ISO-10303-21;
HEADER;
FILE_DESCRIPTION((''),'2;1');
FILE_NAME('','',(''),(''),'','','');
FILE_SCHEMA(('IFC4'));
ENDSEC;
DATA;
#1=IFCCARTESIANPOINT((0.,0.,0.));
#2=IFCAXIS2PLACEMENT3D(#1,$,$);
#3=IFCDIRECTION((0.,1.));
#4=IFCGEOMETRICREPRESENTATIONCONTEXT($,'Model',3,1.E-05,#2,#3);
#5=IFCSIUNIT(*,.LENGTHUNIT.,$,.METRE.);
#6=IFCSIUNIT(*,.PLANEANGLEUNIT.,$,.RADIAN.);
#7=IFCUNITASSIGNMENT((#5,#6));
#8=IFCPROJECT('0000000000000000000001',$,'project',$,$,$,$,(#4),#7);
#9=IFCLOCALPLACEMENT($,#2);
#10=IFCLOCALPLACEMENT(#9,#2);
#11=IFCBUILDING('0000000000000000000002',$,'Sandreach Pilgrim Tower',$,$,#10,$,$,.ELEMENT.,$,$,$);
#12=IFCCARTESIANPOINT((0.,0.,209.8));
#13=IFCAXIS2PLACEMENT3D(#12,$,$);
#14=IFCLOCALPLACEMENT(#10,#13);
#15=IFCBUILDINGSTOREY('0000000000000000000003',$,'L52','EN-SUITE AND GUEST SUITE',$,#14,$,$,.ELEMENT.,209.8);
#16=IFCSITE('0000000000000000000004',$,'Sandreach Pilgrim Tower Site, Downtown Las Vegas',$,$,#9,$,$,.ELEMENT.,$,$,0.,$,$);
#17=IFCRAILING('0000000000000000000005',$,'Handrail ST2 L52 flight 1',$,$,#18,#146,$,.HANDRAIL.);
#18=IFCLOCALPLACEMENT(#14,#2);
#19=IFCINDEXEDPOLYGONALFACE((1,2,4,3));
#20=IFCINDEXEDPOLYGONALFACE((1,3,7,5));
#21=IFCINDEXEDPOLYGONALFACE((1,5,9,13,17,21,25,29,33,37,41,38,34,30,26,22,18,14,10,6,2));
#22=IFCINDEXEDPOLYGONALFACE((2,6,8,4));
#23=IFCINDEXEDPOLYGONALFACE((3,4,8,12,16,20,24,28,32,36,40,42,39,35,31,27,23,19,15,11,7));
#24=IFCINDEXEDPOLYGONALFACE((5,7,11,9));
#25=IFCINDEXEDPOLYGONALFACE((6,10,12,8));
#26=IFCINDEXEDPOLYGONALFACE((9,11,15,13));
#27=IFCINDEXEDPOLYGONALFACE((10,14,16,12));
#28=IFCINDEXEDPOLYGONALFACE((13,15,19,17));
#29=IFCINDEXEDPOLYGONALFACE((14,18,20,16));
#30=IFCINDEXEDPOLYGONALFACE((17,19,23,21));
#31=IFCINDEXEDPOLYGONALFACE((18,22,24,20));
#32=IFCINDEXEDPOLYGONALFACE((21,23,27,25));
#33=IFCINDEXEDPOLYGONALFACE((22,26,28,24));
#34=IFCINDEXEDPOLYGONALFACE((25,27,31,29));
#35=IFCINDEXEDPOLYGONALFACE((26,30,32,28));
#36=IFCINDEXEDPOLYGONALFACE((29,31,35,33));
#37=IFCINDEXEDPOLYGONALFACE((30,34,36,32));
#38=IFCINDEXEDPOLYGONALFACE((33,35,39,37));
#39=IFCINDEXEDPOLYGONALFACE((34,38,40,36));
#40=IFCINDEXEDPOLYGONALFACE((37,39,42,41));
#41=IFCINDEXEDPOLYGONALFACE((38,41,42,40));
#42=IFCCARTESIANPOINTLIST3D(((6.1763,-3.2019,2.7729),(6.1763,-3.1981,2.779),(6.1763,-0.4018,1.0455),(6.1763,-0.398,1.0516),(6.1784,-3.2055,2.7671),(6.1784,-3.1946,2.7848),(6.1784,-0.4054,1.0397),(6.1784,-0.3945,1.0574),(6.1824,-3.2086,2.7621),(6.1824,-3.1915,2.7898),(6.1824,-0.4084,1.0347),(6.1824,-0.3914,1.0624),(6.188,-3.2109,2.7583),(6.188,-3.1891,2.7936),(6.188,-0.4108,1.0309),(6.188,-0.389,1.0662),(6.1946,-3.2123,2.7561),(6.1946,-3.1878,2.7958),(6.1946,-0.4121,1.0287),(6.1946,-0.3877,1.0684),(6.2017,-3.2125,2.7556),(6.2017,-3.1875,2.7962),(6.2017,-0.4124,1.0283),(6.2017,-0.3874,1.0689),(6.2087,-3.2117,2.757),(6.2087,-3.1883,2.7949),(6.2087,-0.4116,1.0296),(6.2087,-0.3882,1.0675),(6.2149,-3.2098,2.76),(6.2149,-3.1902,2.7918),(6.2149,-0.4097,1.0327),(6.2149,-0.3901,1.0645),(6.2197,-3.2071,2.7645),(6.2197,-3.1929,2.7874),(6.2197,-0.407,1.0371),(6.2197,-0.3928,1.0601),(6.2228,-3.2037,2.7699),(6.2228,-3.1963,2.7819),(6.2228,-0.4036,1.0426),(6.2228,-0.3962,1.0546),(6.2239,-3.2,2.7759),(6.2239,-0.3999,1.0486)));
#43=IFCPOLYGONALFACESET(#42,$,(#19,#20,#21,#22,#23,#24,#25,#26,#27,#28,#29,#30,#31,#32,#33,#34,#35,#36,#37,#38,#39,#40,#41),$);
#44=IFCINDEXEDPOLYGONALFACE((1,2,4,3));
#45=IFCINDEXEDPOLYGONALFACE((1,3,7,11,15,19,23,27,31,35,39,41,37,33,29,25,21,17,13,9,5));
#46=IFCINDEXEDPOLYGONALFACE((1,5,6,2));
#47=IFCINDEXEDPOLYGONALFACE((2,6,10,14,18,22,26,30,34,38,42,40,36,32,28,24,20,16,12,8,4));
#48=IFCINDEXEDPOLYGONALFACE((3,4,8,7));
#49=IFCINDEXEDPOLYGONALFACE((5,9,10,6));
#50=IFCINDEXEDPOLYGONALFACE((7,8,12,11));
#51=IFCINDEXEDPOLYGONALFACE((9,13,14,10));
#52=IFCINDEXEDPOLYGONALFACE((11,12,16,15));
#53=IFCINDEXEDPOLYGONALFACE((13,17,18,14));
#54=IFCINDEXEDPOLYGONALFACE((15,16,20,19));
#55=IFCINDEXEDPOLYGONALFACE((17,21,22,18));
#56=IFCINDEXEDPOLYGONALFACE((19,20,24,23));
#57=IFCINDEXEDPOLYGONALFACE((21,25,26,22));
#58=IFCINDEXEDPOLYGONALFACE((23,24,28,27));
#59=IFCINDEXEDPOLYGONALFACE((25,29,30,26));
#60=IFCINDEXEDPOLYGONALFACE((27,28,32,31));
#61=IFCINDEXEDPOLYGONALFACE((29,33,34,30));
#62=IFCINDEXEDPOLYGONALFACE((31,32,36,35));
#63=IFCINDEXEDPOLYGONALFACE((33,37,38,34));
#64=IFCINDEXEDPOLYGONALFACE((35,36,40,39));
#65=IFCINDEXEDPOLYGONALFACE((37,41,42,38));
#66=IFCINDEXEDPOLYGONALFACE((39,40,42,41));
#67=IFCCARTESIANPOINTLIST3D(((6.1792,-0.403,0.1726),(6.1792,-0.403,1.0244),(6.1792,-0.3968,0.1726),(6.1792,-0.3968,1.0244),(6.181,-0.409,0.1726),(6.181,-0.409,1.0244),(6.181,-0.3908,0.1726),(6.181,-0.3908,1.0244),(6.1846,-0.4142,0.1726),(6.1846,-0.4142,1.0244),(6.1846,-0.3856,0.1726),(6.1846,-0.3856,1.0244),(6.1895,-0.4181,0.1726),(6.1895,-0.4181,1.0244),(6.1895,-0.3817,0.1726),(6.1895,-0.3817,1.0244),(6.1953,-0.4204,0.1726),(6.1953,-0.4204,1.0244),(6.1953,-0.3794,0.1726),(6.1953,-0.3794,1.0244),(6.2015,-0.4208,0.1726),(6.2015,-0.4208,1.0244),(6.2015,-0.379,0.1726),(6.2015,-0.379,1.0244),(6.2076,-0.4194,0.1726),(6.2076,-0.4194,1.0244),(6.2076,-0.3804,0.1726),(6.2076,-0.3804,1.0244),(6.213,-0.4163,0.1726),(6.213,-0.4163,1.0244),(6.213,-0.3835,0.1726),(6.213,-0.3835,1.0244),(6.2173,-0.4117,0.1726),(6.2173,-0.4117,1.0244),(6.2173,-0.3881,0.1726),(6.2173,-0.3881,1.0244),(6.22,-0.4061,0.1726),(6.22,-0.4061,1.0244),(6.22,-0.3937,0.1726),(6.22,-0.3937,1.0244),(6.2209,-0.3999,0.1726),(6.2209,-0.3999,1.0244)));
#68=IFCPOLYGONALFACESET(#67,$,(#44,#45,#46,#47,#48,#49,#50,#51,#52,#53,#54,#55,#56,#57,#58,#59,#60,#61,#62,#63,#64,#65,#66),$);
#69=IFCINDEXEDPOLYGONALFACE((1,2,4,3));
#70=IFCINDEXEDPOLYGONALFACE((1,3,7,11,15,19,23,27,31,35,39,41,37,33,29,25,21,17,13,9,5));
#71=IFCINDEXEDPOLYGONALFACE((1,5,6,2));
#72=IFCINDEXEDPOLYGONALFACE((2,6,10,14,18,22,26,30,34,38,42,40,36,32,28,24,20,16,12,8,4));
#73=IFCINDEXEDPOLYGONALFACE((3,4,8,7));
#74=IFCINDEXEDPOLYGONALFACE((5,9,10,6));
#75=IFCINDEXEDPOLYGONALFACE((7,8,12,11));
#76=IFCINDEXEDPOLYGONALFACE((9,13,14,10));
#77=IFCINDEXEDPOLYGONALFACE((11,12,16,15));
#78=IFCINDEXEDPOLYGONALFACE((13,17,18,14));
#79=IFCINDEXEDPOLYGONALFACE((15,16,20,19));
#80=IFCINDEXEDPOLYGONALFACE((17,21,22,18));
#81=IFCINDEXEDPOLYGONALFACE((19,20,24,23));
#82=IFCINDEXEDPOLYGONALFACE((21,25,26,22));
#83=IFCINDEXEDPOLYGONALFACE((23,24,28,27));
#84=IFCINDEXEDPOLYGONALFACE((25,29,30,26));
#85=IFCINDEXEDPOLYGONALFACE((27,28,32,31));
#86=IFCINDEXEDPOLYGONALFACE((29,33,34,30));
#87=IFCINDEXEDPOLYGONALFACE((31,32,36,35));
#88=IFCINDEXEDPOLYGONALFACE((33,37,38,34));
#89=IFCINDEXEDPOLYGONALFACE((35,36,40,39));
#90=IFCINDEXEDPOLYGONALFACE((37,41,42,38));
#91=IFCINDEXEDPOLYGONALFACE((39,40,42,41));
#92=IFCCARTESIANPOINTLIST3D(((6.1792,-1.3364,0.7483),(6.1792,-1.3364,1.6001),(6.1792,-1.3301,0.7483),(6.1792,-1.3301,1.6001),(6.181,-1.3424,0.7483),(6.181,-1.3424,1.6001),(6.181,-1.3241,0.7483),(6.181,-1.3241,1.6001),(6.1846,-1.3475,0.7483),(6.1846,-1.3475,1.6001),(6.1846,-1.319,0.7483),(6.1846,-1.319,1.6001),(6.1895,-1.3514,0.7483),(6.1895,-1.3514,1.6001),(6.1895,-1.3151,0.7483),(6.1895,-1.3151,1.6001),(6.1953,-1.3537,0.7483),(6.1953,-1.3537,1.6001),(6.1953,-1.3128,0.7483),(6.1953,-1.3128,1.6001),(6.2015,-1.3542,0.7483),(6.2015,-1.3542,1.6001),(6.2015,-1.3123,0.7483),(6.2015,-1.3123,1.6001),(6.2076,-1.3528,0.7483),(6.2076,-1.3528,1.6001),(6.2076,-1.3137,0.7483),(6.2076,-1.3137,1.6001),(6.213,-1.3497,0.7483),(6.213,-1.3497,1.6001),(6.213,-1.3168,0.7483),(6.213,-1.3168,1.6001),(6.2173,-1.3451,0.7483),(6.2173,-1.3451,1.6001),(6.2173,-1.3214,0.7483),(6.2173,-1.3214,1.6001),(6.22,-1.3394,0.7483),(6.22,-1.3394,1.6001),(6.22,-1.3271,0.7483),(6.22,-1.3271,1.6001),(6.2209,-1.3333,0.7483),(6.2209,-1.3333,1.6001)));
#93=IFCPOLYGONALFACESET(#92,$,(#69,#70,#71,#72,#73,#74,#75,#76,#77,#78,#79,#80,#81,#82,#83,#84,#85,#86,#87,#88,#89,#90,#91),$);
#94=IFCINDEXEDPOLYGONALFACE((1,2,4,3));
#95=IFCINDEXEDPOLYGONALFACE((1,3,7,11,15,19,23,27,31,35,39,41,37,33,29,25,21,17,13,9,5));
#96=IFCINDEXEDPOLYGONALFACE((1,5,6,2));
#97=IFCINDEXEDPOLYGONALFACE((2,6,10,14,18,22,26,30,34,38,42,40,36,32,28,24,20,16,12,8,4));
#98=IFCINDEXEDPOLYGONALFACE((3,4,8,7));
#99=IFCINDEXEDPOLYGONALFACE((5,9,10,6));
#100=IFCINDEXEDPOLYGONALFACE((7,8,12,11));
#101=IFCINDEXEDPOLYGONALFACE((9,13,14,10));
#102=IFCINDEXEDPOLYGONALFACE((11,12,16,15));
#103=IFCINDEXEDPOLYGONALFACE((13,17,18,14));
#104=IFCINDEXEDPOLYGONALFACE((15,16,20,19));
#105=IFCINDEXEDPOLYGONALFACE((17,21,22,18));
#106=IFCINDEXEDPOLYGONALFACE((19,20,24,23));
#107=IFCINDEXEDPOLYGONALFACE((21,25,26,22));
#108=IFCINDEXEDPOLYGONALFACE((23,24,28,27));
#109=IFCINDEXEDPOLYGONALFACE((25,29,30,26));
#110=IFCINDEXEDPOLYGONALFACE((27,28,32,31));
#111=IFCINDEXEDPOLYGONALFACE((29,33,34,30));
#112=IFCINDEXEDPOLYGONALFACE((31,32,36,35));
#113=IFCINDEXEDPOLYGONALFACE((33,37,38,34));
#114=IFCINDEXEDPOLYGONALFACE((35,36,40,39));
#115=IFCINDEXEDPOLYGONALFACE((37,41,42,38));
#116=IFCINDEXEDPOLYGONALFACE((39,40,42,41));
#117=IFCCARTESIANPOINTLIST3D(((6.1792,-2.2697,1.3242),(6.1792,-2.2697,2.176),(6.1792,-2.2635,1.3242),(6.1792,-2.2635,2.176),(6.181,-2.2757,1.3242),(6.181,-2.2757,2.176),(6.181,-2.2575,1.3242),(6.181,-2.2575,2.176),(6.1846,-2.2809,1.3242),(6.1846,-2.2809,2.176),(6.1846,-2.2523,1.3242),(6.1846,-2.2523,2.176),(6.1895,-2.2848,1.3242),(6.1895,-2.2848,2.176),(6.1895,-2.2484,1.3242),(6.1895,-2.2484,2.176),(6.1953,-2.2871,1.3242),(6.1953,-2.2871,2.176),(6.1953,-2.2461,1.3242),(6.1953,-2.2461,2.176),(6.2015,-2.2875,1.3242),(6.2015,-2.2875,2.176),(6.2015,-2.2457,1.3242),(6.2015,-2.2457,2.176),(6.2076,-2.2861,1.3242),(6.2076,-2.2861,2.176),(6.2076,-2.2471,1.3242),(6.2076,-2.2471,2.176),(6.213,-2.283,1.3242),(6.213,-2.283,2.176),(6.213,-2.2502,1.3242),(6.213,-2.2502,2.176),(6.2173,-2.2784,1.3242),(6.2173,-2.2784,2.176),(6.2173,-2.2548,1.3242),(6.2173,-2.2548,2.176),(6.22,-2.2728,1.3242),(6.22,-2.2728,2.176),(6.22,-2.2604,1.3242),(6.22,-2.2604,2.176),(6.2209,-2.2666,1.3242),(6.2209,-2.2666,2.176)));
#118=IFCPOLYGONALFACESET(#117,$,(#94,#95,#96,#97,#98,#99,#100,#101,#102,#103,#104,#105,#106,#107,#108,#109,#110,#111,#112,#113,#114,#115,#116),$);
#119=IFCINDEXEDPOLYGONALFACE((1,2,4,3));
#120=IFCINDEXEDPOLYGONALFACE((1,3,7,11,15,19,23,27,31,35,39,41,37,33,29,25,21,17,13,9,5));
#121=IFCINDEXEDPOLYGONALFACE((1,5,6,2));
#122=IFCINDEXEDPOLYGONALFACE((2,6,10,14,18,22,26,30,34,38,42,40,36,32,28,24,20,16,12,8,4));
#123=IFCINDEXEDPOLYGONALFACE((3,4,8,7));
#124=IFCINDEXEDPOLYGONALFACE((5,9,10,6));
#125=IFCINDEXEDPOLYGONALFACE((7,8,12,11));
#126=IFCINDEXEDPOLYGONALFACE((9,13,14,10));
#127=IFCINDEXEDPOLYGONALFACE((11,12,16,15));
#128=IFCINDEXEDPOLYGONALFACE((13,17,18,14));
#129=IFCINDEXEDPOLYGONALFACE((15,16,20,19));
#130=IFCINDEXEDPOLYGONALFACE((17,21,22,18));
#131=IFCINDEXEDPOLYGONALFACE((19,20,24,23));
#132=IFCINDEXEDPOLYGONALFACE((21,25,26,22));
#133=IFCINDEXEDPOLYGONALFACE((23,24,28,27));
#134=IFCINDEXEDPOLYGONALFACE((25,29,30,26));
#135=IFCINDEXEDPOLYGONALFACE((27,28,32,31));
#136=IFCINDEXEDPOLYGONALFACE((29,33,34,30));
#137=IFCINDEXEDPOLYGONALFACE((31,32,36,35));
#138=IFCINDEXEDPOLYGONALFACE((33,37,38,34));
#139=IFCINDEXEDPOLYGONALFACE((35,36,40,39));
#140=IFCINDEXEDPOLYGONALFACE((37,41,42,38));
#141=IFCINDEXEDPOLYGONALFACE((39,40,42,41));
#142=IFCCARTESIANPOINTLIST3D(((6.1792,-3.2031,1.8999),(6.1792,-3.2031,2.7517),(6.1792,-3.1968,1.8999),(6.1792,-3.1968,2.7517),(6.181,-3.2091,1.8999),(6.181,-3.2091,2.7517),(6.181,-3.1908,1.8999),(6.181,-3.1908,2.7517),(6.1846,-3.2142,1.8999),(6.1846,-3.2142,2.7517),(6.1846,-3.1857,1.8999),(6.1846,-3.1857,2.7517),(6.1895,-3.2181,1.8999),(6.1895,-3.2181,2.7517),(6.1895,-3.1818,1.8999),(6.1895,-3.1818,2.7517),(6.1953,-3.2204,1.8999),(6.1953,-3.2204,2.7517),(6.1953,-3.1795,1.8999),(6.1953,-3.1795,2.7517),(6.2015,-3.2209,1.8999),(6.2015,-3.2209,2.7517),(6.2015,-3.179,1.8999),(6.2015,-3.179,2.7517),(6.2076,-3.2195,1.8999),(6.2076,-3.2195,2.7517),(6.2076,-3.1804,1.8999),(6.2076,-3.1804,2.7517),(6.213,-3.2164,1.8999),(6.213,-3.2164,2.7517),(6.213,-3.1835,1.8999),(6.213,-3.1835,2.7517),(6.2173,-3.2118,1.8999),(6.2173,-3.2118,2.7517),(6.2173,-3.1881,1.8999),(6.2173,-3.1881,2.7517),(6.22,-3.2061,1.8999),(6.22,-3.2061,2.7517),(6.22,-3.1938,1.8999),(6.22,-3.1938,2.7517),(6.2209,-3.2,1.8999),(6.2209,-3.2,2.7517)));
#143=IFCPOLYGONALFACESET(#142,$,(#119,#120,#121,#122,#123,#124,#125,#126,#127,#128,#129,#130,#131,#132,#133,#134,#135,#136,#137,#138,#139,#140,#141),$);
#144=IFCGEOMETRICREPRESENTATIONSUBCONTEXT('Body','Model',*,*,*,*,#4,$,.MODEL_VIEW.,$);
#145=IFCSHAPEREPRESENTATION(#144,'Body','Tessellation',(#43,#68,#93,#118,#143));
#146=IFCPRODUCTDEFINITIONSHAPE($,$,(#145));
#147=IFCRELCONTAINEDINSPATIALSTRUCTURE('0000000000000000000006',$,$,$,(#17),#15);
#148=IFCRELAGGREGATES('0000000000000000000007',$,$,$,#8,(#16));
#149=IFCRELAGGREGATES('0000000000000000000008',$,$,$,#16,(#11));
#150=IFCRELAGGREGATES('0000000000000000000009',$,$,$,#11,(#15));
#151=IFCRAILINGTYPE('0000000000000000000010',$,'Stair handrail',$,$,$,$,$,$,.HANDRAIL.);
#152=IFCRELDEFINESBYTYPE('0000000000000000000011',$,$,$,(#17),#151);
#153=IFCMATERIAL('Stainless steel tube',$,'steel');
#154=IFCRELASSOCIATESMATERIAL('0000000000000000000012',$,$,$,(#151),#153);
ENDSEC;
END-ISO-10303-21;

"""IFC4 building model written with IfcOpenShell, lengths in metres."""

from ifc_helpers import new_model, si_unit, direction, frame, origin, origin_2d, place, context, subcontext, project, spatial, circle, extrude, material, type_object, element, save


model = new_model("IFC4")

# Units and contexts
model_context = context("Model", 3, precision=1e-05, world=origin(), true_north=direction((0.0, 1.0)))
body_context = subcontext(model_context, "Body", "Model", "MODEL_VIEW")
ifc_project = project(units=[si_unit("LENGTHUNIT", "METRE"), si_unit("PLANEANGLEUNIT", "RADIAN")], contexts=[model_context])

# Site, building, storey
site_placement = place(None, origin())
site = spatial("IfcSite", under=ifc_project, at=site_placement, Name="Sandreach Pilgrim Tower Site, Downtown Las Vegas", CompositionType="ELEMENT", RefElevation=0.0)
building_placement = place(site_placement, origin())
building = spatial("IfcBuilding", under=site, at=building_placement, Name="Sandreach Pilgrim Tower", CompositionType="ELEMENT")
storey_placement = place(building_placement, frame((0.0, 0.0, 209.8)))
storey = spatial("IfcBuildingStorey", under=building, at=storey_placement, Name="L52", Description="EN-SUITE AND GUEST SUITE", CompositionType="ELEMENT", Elevation=209.8)

# Railing
ifc_material_1 = material(Name="Stainless steel tube", Category="steel")
railing_type = type_object("IfcRailingType", Name="Stair handrail", PredefinedType="HANDRAIL", material=ifc_material_1)
for number, where, name in (
    (1, (6.2, -0.3999, 0.1726), "Handrail ST2 L52 flight 1"),
):
    element("IfcRailing", number, at=place(storey_placement, frame(where)), inside=storey, type_object=railing_type, Name=name, PredefinedType="HANDRAIL", context=body_context, shape_type="SweptSolid", body=[
        extrude(circle(Radius=0.0239, at=origin_2d()), frame((0.0, 0.0, 0.876), z_axis=(0.0, -0.85109, 0.52502), x_axis=(1.0, 0.0, 0.0)), (0.0, 0.0, 1.0), 3.29),
        extrude(circle(Radius=0.021, at=origin_2d()), origin(), (0.0, 0.0, 1.0), 0.8518),
        extrude(circle(Radius=0.021, at=origin_2d()), frame((0.0, -0.9333, 0.5757)), (0.0, 0.0, 1.0), 0.8518),
        extrude(circle(Radius=0.021, at=origin_2d()), frame((0.0, -1.8667, 1.1516)), (0.0, 0.0, 1.0), 0.8518),
        extrude(circle(Radius=0.021, at=origin_2d()), frame((0.0, -2.8, 1.7273)), (0.0, 0.0, 1.0), 0.8518),
    ])

save(model, "model.ifc")
